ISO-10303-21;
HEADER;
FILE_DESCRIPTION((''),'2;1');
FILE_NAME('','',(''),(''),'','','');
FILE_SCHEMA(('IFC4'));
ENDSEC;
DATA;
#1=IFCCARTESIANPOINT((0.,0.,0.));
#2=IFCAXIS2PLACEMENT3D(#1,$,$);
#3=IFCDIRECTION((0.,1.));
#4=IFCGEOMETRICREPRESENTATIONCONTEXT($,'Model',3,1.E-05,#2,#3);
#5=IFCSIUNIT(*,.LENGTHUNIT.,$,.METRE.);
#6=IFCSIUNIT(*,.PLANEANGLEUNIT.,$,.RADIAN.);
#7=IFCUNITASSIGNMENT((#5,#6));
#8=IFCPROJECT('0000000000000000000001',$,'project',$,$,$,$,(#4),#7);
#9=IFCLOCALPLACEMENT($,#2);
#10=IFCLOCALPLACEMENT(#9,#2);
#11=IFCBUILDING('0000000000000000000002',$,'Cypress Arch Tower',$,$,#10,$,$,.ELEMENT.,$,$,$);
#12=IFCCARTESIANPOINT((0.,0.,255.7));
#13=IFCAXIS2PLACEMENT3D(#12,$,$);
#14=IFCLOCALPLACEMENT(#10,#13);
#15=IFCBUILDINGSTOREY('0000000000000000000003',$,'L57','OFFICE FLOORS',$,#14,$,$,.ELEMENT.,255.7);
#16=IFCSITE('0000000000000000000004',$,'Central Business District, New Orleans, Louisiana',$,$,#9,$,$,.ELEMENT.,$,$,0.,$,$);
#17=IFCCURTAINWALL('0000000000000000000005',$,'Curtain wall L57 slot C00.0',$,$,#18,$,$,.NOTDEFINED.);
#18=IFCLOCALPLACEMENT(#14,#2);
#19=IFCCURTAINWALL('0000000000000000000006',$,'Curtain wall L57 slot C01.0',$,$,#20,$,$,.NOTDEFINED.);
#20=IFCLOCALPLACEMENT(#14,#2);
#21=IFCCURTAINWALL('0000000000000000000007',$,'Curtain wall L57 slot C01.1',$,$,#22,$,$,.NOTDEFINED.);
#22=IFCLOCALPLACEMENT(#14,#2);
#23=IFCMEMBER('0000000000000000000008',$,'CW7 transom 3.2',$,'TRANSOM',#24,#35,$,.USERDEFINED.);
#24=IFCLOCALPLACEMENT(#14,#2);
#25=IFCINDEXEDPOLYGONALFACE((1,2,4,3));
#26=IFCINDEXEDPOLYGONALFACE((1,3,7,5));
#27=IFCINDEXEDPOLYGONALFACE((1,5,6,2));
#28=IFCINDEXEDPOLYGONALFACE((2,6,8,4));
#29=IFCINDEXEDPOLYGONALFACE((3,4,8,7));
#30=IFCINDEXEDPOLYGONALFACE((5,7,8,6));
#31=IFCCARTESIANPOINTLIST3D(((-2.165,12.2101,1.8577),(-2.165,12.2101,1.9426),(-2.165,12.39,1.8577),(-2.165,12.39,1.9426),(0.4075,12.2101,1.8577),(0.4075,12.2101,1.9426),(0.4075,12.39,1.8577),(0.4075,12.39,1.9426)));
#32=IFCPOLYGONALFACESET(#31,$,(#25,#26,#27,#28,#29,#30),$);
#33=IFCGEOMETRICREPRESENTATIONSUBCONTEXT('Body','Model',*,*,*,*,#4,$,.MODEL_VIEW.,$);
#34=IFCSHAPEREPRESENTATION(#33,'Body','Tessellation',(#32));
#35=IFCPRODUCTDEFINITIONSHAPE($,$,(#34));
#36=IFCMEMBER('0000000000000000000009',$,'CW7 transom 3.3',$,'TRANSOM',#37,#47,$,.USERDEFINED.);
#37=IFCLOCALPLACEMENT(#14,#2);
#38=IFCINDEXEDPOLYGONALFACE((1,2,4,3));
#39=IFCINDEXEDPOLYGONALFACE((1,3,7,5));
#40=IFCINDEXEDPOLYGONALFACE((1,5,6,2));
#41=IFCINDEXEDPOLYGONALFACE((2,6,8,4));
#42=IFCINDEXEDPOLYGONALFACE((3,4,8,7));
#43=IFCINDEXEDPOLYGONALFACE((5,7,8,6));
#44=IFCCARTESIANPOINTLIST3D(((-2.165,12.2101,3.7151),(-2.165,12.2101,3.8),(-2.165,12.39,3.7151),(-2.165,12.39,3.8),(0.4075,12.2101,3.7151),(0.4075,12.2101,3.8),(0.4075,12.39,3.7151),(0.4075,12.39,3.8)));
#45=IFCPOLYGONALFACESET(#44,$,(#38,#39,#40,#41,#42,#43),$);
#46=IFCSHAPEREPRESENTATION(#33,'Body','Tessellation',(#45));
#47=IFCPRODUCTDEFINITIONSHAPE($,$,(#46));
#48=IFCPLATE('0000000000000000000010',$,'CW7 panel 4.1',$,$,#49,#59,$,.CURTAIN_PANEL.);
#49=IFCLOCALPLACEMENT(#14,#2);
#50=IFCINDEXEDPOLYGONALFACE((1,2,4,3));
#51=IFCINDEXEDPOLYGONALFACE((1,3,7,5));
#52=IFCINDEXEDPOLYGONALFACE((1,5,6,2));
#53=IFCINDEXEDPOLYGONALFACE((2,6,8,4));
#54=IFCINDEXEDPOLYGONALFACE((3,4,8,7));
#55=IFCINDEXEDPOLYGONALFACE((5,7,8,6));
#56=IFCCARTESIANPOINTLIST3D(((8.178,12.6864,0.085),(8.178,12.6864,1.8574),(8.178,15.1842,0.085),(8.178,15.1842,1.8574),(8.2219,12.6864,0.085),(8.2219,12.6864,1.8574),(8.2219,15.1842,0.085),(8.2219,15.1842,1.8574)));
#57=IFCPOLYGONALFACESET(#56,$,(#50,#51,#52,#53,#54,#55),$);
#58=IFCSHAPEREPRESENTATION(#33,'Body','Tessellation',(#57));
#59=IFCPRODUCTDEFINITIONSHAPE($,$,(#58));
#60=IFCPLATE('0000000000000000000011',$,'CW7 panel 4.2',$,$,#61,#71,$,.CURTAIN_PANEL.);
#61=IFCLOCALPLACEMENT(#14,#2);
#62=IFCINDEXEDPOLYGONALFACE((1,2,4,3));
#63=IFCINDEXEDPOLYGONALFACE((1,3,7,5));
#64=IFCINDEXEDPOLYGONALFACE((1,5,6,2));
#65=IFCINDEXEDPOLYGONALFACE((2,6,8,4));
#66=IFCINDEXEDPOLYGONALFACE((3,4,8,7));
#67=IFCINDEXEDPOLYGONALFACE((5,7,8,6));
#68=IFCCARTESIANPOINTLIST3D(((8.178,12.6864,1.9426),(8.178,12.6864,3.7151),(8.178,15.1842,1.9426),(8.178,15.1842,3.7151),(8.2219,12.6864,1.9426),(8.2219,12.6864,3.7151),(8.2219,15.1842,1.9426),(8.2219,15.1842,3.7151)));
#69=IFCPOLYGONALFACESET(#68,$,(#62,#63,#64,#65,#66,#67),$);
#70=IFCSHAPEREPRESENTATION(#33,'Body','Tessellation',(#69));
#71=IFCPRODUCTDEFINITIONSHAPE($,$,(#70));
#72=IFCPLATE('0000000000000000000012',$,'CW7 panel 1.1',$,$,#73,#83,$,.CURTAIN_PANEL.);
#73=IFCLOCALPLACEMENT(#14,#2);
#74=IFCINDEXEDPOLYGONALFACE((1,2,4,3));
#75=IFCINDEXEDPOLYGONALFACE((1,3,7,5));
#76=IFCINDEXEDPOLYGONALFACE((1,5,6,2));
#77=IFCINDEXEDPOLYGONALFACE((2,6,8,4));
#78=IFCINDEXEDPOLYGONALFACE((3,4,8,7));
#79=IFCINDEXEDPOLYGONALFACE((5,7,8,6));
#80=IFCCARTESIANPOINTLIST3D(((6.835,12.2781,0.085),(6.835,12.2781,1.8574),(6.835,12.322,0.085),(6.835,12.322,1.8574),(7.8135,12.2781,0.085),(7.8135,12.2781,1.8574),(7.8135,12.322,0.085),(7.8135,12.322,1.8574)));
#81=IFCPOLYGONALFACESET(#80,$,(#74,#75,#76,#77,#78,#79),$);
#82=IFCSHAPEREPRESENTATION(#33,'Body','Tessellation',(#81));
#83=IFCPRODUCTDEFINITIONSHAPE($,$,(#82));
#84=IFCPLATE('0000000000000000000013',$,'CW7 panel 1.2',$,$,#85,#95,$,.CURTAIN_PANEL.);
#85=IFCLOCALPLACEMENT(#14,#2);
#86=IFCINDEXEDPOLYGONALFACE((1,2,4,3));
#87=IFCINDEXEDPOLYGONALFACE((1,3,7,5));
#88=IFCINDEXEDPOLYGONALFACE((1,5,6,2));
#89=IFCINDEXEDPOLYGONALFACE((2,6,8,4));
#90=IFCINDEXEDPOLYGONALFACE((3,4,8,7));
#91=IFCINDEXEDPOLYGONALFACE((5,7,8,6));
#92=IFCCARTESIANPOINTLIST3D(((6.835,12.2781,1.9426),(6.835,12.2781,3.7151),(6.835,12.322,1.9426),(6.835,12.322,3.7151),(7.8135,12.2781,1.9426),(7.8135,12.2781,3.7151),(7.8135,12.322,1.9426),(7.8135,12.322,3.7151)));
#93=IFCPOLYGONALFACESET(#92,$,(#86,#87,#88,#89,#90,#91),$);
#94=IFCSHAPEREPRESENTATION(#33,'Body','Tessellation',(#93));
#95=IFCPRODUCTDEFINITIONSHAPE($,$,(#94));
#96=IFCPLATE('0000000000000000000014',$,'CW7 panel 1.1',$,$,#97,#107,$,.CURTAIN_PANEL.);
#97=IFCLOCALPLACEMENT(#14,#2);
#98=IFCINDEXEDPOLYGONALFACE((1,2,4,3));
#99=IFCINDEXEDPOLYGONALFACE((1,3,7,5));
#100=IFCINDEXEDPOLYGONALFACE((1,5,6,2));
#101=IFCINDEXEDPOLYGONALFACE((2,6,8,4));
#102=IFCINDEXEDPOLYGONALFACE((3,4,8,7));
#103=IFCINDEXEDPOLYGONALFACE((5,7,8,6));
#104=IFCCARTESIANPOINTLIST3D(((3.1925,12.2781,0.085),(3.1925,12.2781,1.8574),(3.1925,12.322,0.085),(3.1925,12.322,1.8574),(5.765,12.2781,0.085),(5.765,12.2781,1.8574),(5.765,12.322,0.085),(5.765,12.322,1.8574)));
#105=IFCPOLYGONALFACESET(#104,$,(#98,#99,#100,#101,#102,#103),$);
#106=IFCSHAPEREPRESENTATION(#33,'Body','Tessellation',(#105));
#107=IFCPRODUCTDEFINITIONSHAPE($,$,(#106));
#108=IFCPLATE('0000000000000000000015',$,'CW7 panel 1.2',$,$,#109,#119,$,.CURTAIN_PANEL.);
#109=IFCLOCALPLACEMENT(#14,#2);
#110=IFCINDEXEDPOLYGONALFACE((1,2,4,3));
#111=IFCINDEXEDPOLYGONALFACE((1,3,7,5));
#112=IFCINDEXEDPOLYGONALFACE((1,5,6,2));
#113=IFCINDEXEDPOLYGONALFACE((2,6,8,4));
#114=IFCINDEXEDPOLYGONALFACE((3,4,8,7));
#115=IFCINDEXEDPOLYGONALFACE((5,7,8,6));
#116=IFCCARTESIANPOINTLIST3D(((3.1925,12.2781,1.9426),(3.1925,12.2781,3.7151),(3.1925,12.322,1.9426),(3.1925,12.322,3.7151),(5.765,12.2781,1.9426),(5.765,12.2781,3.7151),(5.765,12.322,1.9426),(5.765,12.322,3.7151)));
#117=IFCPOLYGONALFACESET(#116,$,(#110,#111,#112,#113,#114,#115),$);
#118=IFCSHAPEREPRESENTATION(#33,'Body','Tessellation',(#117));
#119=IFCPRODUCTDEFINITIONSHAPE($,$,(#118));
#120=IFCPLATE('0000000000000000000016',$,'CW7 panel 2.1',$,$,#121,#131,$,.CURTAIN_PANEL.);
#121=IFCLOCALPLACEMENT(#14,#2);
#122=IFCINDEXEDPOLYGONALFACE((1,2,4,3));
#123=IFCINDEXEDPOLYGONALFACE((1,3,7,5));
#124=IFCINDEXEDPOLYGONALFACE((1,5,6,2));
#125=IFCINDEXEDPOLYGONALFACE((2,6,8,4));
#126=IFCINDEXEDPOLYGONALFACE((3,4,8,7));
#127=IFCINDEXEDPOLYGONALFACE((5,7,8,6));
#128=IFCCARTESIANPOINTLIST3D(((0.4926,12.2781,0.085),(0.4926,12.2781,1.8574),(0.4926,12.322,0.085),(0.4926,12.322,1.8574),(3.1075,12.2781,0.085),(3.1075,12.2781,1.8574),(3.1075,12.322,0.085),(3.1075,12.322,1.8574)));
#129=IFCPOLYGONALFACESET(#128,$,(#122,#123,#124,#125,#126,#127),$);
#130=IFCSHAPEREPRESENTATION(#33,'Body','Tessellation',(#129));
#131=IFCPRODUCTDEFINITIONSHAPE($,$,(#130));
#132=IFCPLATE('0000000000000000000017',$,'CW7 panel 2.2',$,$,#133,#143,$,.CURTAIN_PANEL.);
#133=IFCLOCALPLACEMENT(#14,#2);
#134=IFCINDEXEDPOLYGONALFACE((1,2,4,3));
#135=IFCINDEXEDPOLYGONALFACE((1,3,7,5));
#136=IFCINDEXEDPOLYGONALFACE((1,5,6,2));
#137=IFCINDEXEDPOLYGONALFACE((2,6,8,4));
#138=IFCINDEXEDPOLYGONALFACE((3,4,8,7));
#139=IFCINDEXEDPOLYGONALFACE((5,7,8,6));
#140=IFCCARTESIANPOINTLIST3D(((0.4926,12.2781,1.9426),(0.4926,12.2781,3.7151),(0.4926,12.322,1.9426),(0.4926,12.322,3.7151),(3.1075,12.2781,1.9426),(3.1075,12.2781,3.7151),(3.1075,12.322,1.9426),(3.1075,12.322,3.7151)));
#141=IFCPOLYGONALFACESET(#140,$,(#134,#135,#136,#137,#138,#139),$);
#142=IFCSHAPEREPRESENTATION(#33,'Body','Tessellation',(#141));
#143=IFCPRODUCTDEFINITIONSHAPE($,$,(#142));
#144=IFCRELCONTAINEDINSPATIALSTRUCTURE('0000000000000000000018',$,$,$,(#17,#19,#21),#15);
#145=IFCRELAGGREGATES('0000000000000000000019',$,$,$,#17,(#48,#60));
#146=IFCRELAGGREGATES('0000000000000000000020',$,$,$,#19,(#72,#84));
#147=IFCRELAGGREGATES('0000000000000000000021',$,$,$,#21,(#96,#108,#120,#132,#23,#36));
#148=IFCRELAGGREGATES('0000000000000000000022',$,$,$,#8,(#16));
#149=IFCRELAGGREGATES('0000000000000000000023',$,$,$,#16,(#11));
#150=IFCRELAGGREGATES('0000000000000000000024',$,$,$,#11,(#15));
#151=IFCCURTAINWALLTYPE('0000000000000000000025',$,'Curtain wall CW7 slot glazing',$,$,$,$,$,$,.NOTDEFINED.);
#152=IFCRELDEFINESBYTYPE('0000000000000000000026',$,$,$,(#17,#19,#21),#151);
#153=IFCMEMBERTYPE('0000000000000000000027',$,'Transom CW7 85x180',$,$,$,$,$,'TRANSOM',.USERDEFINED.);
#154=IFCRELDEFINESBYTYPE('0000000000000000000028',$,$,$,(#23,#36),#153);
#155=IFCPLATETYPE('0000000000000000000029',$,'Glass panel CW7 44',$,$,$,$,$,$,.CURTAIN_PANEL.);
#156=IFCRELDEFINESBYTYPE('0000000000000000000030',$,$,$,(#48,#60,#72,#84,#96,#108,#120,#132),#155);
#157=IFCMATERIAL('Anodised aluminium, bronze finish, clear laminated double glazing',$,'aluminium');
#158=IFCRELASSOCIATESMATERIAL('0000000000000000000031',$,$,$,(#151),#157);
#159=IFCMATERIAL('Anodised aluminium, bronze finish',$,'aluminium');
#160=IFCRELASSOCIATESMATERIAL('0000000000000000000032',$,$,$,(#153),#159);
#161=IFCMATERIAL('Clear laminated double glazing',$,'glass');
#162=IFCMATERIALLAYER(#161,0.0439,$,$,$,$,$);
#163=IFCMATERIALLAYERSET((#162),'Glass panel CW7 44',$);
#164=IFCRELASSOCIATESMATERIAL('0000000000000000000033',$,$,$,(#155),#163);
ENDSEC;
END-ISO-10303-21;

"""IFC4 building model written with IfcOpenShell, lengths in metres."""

from ifc_helpers import new_model, si_unit, direction, frame, origin, origin_2d, place, context, subcontext, project, spatial, rectangle, extrude, material, layer, layer_set, material_profile, profile_set, type_object, element, aggregate, save


model = new_model("IFC4")

# Units and contexts
model_context = context("Model", 3, precision=1e-05, world=origin(), true_north=direction((0.0, 1.0)))
body_context = subcontext(model_context, "Body", "Model", "MODEL_VIEW")
ifc_project = project(units=[si_unit("LENGTHUNIT", "METRE"), si_unit("PLANEANGLEUNIT", "RADIAN")], contexts=[model_context])

# Site, building, storey
site_placement = place(None, origin())
site = spatial("IfcSite", under=ifc_project, at=site_placement, Name="Central Business District, New Orleans, Louisiana", CompositionType="ELEMENT", RefElevation=0.0)
building_placement = place(site_placement, origin())
building = spatial("IfcBuilding", under=site, at=building_placement, Name="Cypress Arch Tower", CompositionType="ELEMENT")
storey_placement = place(building_placement, frame((0.0, 0.0, 255.7)))
storey = spatial("IfcBuildingStorey", under=building, at=storey_placement, Name="L57", Description="OFFICE FLOORS", CompositionType="ELEMENT", Elevation=255.7)

# Curtain walls
ifc_material_1 = material(Name="Anodised aluminium, bronze finish, clear laminated double glazing", Category="aluminium")
curtain_wall_type = type_object("IfcCurtainWallType", Name="Curtain wall CW7 slot glazing", PredefinedType="NOTDEFINED", material=ifc_material_1)
curtain_wall_1_placement = place(storey_placement, origin())
curtain_wall_1 = element("IfcCurtainWall", 1, at=curtain_wall_1_placement, inside=storey, type_object=curtain_wall_type, Name="Curtain wall L57 slot C00.0", PredefinedType="NOTDEFINED")
curtain_wall_2_placement = place(storey_placement, origin())
curtain_wall_2 = element("IfcCurtainWall", 2, at=curtain_wall_2_placement, inside=storey, type_object=curtain_wall_type, Name="Curtain wall L57 slot C01.0", PredefinedType="NOTDEFINED")
curtain_wall_3_placement = place(storey_placement, origin())
curtain_wall_3 = element("IfcCurtainWall", 3, at=curtain_wall_3_placement, inside=storey, type_object=curtain_wall_type, Name="Curtain wall L57 slot C01.1", PredefinedType="NOTDEFINED")

# Members
ifc_material_2 = material(Name="Anodised aluminium, bronze finish", Category="aluminium")
ifc_material_profile_1 = material_profile(ifc_material_2, rectangle(XDim=0.1799, YDim=0.085, at=origin_2d()), Name="Transom 85x180")
ifc_profile_set_1 = profile_set([ifc_material_profile_1], Name="Anodised aluminium, bronze finish")
member_type_1 = type_object("IfcMemberType", Name="Transom CW7 85x180", ElementType="TRANSOM", PredefinedType="USERDEFINED", material=ifc_profile_set_1)
member_1_placement = place(storey_placement, frame((0.4075, 12.3, 1.9001), z_axis=(-1.0, 0.0, 0.0), x_axis=(0.0, -1.0, 0.0)))
member_1 = element("IfcMember", 4, at=member_1_placement, type_object=member_type_1, Name="CW7 transom 3.2", ObjectType="TRANSOM", PredefinedType="USERDEFINED", context=body_context, shape_type="SweptSolid", body=[
    extrude(rectangle(XDim=0.1799, YDim=0.085, at=origin_2d()), origin(), (0.0, 0.0, 1.0), 2.5725),
])
member_2_placement = place(storey_placement, frame((0.4075, 12.3, 3.7576), z_axis=(-1.0, 0.0, 0.0), x_axis=(0.0, -1.0, 0.0)))
member_2 = element("IfcMember", 5, at=member_2_placement, type_object=member_type_1, Name="CW7 transom 3.3", ObjectType="TRANSOM", PredefinedType="USERDEFINED", context=body_context, shape_type="SweptSolid", body=[
    extrude(rectangle(XDim=0.1799, YDim=0.085, at=origin_2d()), origin(), (0.0, 0.0, 1.0), 2.5725),
])

# Plates
ifc_material_3 = material(Name="Clear laminated double glazing", Category="glass")
ifc_layer = layer(ifc_material_3, 0.0439)
ifc_layer_set = layer_set([ifc_layer], Name="Glass panel CW7 44")
plate_type = type_object("IfcPlateType", Name="Glass panel CW7 44", PredefinedType="CURTAIN_PANEL", material=ifc_layer_set)
plate_1_placement = place(storey_placement, frame((8.2, 13.9353, 0.085), z_axis=(0.0, 0.0, 1.0), x_axis=(0.0, -1.0, 0.0)))
plate_1 = element("IfcPlate", 6, at=plate_1_placement, type_object=plate_type, Name="CW7 panel 4.1", PredefinedType="CURTAIN_PANEL", context=body_context, shape_type="SweptSolid", body=[
    extrude(rectangle(XDim=2.4978, YDim=0.0439, at=origin_2d()), origin(), (0.0, 0.0, 1.0), 1.7725),
])
plate_2_placement = place(storey_placement, frame((8.2, 13.9353, 1.9426), z_axis=(0.0, 0.0, 1.0), x_axis=(0.0, -1.0, 0.0)))
plate_2 = element("IfcPlate", 7, at=plate_2_placement, type_object=plate_type, Name="CW7 panel 4.2", PredefinedType="CURTAIN_PANEL", context=body_context, shape_type="SweptSolid", body=[
    extrude(rectangle(XDim=2.4978, YDim=0.0439, at=origin_2d()), origin(), (0.0, 0.0, 1.0), 1.7725),
])
aggregate(curtain_wall_1, [plate_1, plate_2])
plate_3_placement = place(storey_placement, frame((7.3242, 12.3, 0.085), z_axis=(0.0, 0.0, 1.0), x_axis=(-1.0, 0.0, 0.0)))
plate_3 = element("IfcPlate", 8, at=plate_3_placement, type_object=plate_type, Name="CW7 panel 1.1", PredefinedType="CURTAIN_PANEL", context=body_context, shape_type="SweptSolid", body=[
    extrude(rectangle(XDim=0.9785, YDim=0.0439, at=origin_2d()), origin(), (0.0, 0.0, 1.0), 1.7725),
])
plate_4_placement = place(storey_placement, frame((7.3242, 12.3, 1.9426), z_axis=(0.0, 0.0, 1.0), x_axis=(-1.0, 0.0, 0.0)))
plate_4 = element("IfcPlate", 9, at=plate_4_placement, type_object=plate_type, Name="CW7 panel 1.2", PredefinedType="CURTAIN_PANEL", context=body_context, shape_type="SweptSolid", body=[
    extrude(rectangle(XDim=0.9785, YDim=0.0439, at=origin_2d()), origin(), (0.0, 0.0, 1.0), 1.7725),
])
aggregate(curtain_wall_2, [plate_3, plate_4])
plate_5_placement = place(storey_placement, frame((4.4788, 12.3, 0.085), z_axis=(0.0, 0.0, 1.0), x_axis=(-1.0, 0.0, 0.0)))
plate_5 = element("IfcPlate", 10, at=plate_5_placement, type_object=plate_type, Name="CW7 panel 1.1", PredefinedType="CURTAIN_PANEL", context=body_context, shape_type="SweptSolid", body=[
    extrude(rectangle(XDim=2.5725, YDim=0.0439, at=origin_2d()), origin(), (0.0, 0.0, 1.0), 1.7725),
])
plate_6_placement = place(storey_placement, frame((4.4788, 12.3, 1.9426), z_axis=(0.0, 0.0, 1.0), x_axis=(-1.0, 0.0, 0.0)))
plate_6 = element("IfcPlate", 11, at=plate_6_placement, type_object=plate_type, Name="CW7 panel 1.2", PredefinedType="CURTAIN_PANEL", context=body_context, shape_type="SweptSolid", body=[
    extrude(rectangle(XDim=2.5725, YDim=0.0439, at=origin_2d()), origin(), (0.0, 0.0, 1.0), 1.7725),
])
plate_7_placement = place(storey_placement, frame((1.8, 12.3, 0.085), z_axis=(0.0, 0.0, 1.0), x_axis=(-1.0, 0.0, 0.0)))
plate_7 = element("IfcPlate", 12, at=plate_7_placement, type_object=plate_type, Name="CW7 panel 2.1", PredefinedType="CURTAIN_PANEL", context=body_context, shape_type="SweptSolid", body=[
    extrude(rectangle(XDim=2.615, YDim=0.0439, at=origin_2d()), origin(), (0.0, 0.0, 1.0), 1.7725),
])
plate_8_placement = place(storey_placement, frame((1.8, 12.3, 1.9426), z_axis=(0.0, 0.0, 1.0), x_axis=(-1.0, 0.0, 0.0)))
plate_8 = element("IfcPlate", 13, at=plate_8_placement, type_object=plate_type, Name="CW7 panel 2.2", PredefinedType="CURTAIN_PANEL", context=body_context, shape_type="SweptSolid", body=[
    extrude(rectangle(XDim=2.615, YDim=0.0439, at=origin_2d()), origin(), (0.0, 0.0, 1.0), 1.7725),
])
aggregate(curtain_wall_3, [plate_5, plate_6, plate_7, plate_8, member_1, member_2])

save(model, "model.ifc")
